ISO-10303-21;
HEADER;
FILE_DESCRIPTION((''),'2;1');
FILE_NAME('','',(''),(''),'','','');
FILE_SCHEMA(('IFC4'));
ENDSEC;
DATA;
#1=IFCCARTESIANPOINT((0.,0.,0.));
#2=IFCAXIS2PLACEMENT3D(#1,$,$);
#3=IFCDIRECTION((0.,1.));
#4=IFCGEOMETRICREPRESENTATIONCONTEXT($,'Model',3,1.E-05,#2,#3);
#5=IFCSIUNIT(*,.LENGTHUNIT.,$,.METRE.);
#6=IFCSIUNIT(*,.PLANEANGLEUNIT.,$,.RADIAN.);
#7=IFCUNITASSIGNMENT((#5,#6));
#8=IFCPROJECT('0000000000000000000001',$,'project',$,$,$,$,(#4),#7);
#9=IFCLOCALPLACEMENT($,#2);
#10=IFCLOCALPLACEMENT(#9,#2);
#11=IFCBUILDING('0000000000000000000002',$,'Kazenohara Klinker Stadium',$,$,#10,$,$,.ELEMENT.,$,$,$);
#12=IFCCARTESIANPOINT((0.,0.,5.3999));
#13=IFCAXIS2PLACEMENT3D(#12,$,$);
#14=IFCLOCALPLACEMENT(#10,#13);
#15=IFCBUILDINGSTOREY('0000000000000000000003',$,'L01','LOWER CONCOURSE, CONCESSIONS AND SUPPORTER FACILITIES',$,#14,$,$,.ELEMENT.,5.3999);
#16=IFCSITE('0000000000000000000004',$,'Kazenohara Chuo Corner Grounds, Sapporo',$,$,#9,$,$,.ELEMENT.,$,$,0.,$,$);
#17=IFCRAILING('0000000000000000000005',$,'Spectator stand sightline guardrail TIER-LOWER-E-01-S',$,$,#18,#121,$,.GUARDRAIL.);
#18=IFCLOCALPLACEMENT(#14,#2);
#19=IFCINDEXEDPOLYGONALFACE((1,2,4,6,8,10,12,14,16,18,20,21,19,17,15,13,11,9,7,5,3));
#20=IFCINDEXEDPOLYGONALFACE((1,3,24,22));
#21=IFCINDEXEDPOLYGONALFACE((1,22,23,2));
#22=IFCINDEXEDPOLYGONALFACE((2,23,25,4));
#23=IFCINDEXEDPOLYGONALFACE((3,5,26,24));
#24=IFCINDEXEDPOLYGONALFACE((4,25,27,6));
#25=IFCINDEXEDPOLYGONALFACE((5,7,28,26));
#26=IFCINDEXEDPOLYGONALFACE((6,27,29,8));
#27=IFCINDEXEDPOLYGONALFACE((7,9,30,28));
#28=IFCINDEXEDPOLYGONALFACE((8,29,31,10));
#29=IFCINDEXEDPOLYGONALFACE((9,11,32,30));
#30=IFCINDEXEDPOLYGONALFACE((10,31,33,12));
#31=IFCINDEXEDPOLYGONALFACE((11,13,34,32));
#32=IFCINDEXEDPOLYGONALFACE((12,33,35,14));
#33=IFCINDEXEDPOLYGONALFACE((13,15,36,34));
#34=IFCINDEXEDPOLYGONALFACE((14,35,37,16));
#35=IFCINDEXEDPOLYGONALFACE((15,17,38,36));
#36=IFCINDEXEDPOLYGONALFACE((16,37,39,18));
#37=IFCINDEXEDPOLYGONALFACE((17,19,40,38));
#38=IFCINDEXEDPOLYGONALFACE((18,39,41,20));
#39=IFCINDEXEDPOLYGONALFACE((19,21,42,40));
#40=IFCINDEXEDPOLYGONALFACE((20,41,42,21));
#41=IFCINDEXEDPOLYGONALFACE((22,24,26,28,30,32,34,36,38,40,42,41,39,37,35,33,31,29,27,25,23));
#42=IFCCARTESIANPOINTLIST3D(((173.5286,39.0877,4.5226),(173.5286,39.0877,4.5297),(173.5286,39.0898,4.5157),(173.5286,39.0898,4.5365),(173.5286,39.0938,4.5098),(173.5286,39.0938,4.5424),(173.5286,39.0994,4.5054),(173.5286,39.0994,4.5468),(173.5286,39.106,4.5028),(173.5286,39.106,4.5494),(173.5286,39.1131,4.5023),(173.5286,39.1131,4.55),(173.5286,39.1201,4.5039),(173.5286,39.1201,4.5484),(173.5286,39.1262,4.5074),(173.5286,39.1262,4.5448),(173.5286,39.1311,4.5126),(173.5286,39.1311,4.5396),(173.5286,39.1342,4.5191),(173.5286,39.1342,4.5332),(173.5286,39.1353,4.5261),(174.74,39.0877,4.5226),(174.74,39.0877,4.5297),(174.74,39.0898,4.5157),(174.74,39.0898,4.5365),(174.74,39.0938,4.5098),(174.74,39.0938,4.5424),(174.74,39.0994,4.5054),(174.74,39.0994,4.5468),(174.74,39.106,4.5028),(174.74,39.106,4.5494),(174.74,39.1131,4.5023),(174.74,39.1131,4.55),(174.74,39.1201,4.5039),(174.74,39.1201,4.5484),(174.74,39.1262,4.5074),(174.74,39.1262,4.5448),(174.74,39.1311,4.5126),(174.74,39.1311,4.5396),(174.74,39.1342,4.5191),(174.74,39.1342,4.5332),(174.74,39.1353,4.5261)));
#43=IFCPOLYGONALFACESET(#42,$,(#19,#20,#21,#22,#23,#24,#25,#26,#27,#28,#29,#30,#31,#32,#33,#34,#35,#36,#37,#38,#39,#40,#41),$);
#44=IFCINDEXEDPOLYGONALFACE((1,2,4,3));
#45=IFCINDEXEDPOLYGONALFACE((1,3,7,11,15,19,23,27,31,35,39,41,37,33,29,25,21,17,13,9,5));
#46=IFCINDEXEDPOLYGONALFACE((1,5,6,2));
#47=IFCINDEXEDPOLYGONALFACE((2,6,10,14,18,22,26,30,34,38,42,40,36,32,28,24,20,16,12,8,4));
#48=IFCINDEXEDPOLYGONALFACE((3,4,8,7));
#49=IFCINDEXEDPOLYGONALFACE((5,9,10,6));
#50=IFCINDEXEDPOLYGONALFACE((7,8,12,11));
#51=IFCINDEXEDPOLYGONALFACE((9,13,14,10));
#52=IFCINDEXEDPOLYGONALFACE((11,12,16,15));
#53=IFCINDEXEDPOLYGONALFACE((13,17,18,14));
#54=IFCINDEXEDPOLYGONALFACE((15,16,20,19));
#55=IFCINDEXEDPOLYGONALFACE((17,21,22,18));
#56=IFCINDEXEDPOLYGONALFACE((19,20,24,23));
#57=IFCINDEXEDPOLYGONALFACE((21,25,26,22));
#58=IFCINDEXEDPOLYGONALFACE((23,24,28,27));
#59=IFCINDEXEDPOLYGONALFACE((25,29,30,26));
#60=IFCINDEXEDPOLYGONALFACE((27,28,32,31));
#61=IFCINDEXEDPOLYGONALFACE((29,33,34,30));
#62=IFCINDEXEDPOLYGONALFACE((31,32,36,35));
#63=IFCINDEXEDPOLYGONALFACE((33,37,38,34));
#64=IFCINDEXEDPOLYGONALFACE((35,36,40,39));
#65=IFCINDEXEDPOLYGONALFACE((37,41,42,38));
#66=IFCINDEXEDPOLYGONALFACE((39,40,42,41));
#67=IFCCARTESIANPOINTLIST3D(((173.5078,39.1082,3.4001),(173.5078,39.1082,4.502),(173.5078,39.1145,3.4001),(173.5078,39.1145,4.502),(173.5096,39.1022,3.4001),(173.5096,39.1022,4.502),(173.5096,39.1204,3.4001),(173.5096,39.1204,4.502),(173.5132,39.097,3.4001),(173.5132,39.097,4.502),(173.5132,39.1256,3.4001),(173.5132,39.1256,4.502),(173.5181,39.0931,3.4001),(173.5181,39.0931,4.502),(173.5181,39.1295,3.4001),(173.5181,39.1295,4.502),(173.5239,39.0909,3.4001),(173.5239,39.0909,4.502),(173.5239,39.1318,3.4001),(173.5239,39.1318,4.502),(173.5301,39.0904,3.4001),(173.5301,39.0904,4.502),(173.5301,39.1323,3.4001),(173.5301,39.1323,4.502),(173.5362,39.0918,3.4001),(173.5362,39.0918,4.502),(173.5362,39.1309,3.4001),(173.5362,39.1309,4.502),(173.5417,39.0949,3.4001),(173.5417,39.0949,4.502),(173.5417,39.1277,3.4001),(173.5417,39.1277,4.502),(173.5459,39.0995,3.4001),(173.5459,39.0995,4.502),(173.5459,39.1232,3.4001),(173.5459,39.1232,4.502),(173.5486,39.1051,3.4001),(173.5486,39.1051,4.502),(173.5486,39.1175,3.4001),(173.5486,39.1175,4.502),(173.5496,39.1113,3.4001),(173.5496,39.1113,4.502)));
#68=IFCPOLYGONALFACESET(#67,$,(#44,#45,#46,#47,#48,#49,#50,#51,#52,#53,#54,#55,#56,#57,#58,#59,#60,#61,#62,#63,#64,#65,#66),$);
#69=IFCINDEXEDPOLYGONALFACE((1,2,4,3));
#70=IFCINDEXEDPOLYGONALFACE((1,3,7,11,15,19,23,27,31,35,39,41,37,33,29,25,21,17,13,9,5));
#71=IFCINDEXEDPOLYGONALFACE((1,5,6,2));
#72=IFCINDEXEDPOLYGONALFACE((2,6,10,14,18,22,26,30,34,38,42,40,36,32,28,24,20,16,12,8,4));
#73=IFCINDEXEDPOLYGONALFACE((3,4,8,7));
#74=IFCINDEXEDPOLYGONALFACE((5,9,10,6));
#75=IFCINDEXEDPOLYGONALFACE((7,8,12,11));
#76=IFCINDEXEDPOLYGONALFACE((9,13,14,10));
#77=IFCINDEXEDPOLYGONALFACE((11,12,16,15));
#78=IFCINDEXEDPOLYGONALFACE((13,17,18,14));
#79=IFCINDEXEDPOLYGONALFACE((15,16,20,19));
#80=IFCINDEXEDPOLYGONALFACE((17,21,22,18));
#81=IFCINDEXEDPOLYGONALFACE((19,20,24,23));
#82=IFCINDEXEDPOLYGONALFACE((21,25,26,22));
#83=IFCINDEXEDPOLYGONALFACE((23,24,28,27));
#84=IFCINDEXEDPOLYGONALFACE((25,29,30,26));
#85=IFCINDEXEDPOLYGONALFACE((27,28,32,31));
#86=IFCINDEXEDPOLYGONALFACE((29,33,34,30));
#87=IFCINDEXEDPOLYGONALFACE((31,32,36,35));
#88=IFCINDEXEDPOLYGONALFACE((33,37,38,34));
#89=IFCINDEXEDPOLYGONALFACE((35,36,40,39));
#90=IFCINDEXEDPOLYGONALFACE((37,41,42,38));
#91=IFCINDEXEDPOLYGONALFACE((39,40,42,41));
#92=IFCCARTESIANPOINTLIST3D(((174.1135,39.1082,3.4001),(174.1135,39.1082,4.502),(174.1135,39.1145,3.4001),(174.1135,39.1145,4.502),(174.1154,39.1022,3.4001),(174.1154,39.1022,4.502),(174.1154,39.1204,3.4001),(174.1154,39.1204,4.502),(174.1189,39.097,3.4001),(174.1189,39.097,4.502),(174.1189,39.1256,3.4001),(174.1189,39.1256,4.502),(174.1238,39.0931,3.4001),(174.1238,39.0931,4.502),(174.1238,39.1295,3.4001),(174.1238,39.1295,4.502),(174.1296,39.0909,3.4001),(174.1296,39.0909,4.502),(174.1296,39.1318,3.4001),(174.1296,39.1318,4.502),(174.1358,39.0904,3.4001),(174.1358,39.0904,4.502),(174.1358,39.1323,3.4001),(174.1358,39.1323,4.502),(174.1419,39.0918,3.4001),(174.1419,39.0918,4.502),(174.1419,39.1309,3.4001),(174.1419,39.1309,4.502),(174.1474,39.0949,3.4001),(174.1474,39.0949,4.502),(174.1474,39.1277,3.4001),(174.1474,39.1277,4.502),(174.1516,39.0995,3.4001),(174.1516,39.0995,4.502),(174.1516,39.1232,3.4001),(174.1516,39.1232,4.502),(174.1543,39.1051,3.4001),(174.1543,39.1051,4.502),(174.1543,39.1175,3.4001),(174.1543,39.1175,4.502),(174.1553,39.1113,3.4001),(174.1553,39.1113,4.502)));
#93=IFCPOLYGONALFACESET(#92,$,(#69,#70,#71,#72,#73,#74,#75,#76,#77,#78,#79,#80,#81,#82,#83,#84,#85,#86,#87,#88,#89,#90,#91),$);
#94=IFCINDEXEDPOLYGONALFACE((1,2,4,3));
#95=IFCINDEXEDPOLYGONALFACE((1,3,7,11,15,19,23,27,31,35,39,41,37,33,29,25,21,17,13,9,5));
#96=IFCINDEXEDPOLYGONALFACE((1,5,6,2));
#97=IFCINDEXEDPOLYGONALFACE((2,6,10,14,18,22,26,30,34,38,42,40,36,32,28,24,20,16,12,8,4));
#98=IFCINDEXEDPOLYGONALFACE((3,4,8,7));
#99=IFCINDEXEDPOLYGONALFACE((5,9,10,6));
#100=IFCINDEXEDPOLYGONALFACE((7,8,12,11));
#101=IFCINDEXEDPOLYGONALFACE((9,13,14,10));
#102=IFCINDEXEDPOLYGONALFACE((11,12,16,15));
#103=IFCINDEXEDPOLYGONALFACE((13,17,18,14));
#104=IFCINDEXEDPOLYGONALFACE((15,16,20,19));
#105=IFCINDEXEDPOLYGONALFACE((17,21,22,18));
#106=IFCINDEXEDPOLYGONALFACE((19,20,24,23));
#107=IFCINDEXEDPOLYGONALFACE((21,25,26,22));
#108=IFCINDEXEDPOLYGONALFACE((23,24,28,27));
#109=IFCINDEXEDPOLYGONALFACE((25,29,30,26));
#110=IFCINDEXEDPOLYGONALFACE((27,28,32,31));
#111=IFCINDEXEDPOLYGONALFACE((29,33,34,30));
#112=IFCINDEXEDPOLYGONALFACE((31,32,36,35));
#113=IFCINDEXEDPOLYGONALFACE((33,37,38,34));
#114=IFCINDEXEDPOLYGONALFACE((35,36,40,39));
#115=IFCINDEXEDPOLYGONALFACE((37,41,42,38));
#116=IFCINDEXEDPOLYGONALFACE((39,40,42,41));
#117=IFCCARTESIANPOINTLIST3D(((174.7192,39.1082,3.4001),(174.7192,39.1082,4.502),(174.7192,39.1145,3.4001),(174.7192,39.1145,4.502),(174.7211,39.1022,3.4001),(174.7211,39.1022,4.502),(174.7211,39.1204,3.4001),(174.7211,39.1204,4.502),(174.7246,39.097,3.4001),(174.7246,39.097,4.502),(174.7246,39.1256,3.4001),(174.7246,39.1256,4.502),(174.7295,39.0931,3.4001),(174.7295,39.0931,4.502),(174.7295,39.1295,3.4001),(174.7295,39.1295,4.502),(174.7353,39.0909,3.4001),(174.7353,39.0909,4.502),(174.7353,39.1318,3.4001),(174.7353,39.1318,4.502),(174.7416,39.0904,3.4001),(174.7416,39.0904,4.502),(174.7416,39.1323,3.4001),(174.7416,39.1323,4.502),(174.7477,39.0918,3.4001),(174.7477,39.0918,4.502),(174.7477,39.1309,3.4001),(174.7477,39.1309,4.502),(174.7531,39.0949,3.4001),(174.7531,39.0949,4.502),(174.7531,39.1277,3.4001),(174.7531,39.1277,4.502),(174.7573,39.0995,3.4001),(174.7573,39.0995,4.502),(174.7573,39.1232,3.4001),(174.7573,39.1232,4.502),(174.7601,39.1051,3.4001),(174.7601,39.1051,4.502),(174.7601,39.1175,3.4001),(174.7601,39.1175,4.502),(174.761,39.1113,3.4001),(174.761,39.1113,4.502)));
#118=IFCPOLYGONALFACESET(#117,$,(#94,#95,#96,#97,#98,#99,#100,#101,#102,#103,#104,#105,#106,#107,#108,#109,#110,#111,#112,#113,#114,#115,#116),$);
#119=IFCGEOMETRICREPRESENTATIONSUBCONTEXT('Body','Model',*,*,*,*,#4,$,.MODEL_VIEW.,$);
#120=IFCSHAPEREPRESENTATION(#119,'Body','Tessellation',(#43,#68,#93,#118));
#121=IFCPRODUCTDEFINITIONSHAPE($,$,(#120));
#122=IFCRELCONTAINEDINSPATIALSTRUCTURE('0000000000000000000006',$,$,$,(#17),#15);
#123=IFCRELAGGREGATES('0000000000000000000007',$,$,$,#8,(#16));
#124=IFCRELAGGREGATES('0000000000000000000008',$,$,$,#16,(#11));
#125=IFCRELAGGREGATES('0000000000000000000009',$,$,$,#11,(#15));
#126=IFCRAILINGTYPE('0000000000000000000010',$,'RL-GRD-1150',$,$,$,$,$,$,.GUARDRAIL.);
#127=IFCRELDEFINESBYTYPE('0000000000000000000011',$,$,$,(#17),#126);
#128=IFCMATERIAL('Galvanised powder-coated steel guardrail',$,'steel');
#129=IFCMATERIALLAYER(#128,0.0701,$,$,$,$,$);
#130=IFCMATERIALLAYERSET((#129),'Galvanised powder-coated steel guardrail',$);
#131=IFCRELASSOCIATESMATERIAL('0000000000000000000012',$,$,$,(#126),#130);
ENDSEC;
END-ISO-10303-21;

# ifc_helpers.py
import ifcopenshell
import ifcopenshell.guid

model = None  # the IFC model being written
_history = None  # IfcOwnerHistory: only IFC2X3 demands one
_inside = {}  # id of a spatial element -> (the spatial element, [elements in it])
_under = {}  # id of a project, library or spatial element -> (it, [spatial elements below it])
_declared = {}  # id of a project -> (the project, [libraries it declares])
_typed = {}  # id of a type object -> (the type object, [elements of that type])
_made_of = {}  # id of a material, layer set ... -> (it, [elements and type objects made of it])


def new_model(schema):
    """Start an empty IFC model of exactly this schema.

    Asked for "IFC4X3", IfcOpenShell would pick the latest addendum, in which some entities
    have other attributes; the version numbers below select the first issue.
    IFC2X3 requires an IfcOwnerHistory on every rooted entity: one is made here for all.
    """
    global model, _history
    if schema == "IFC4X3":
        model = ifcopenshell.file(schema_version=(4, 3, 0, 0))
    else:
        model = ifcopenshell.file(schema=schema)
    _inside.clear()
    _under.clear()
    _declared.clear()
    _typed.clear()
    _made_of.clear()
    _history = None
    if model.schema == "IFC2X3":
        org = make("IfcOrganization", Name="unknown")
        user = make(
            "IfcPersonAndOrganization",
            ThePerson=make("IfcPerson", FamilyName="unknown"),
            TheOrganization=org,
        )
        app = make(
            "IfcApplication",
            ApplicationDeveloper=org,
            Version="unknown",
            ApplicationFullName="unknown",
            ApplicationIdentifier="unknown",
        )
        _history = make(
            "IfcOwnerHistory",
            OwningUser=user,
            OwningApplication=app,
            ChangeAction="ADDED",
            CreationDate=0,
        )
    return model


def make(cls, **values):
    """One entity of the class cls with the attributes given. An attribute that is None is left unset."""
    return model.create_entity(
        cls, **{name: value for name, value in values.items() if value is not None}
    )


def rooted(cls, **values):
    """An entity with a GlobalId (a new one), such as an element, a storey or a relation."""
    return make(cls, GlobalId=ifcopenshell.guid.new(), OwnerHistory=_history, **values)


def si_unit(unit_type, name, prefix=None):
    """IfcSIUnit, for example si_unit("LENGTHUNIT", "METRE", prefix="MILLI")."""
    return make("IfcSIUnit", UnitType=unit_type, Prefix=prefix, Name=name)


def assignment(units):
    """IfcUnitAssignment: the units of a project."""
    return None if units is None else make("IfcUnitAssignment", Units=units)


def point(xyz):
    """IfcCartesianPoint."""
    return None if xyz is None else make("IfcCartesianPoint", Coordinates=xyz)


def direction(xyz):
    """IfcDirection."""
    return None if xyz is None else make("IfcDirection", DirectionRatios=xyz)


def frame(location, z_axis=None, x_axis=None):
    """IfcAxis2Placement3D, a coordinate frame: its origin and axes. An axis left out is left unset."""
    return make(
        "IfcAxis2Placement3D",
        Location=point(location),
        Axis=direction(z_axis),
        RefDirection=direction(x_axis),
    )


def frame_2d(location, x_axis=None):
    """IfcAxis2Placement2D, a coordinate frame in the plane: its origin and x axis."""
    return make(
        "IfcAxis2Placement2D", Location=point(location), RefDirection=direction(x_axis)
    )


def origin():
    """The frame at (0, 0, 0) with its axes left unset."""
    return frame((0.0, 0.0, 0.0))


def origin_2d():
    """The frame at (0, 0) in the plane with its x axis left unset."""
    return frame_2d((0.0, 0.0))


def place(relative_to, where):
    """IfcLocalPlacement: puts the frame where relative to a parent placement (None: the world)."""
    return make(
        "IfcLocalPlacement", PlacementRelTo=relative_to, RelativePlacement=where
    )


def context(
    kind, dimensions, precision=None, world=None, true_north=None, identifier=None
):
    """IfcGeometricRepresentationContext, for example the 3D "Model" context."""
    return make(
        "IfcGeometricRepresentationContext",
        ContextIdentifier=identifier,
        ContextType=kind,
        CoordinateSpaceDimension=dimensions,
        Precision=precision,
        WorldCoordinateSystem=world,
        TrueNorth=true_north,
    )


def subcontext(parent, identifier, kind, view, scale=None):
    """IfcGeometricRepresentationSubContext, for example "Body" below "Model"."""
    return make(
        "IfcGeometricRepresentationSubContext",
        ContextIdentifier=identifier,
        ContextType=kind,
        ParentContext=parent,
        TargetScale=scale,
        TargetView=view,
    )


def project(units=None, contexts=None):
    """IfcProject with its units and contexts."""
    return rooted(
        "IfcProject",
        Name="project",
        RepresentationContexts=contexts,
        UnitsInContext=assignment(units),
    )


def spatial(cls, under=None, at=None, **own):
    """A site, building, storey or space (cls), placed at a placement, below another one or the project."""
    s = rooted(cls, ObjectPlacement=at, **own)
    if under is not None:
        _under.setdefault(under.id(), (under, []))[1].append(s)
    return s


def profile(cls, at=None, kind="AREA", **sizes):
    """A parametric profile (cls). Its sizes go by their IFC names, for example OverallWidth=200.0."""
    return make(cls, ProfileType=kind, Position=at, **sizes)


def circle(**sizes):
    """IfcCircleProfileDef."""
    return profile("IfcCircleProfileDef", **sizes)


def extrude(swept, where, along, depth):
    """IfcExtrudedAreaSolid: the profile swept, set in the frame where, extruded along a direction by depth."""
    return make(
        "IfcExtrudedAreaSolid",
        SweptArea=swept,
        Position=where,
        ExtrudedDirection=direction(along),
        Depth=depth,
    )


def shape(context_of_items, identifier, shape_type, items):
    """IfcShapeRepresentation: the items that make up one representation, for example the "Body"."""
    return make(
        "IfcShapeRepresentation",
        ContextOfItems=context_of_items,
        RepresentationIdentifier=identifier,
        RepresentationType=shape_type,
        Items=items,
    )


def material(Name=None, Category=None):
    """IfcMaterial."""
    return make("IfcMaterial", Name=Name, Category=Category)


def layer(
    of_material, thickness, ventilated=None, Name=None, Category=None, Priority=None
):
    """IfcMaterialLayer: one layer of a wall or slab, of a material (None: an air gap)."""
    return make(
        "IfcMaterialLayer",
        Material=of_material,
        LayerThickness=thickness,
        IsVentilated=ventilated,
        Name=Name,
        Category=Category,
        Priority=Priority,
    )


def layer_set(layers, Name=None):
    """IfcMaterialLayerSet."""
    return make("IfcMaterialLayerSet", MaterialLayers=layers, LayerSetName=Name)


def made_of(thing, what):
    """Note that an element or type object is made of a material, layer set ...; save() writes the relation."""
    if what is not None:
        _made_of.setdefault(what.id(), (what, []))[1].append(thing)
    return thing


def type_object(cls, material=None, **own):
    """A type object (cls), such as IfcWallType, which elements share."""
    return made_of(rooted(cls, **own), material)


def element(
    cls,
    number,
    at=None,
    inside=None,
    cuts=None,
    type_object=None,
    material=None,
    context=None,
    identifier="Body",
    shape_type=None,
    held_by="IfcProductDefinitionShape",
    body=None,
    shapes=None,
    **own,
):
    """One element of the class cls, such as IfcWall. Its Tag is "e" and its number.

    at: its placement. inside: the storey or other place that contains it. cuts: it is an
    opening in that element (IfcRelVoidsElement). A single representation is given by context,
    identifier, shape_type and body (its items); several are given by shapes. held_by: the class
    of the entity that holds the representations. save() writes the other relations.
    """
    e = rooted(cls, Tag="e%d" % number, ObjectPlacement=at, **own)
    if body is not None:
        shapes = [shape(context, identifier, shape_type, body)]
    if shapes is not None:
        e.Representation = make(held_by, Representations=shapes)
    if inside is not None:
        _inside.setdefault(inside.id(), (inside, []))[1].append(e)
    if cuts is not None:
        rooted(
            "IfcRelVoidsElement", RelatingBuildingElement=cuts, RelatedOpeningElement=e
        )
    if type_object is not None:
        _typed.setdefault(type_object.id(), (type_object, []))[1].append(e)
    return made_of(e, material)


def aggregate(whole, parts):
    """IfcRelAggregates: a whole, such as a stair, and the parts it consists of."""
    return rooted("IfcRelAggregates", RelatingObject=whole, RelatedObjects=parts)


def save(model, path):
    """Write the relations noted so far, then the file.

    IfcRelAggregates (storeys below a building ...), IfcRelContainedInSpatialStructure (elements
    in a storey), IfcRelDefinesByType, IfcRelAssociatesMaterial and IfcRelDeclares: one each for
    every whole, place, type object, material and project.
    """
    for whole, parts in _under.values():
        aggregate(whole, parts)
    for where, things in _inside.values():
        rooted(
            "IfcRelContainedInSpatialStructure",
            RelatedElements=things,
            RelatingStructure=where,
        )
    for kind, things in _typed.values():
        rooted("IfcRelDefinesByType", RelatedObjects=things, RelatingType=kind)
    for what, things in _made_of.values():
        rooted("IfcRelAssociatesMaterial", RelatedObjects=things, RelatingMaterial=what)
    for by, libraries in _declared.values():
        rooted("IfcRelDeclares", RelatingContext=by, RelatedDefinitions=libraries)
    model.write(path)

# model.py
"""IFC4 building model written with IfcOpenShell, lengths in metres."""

from ifc_helpers import new_model, si_unit, direction, frame, origin, origin_2d, place, context, subcontext, project, spatial, circle, extrude, material, layer, layer_set, type_object, element, save


model = new_model("IFC4")

# Units and contexts
model_context = context("Model", 3, precision=1e-05, world=origin(), true_north=direction((0.0, 1.0)))
body_context = subcontext(model_context, "Body", "Model", "MODEL_VIEW")
ifc_project = project(units=[si_unit("LENGTHUNIT", "METRE"), si_unit("PLANEANGLEUNIT", "RADIAN")], contexts=[model_context])

# Site, building, storey
site_placement = place(None, origin())
site = spatial("IfcSite", under=ifc_project, at=site_placement, Name="Kazenohara Chuo Corner Grounds, Sapporo", CompositionType="ELEMENT", RefElevation=0.0)
building_placement = place(site_placement, origin())
building = spatial("IfcBuilding", under=site, at=building_placement, Name="Kazenohara Klinker Stadium", CompositionType="ELEMENT")
storey_placement = place(building_placement, frame((0.0, 0.0, 5.3999)))
storey = spatial("IfcBuildingStorey", under=building, at=storey_placement, Name="L01", Description="LOWER CONCOURSE, CONCESSIONS AND SUPPORTER FACILITIES", CompositionType="ELEMENT", Elevation=5.3999)

# Railing
ifc_material_1 = material(Name="Galvanised powder-coated steel guardrail", Category="steel")
ifc_layer_1 = layer(ifc_material_1, 0.0701)
ifc_layer_set_1 = layer_set([ifc_layer_1], Name="Galvanised powder-coated steel guardrail")
railing_type = type_object("IfcRailingType", Name="RL-GRD-1150", PredefinedType="GUARDRAIL", material=ifc_layer_set_1)
railing_1_placement = place(storey_placement, frame((173.5286, 39.1113, 3.4001)))
element("IfcRailing", 1, at=railing_1_placement, inside=storey, type_object=railing_type, Name="Spectator stand sightline guardrail TIER-LOWER-E-01-S", PredefinedType="GUARDRAIL", context=body_context, shape_type="SweptSolid", body=[
    extrude(circle(Radius=0.0239, at=origin_2d()), frame((0.0, 0.0, 1.126), z_axis=(1.0, 0.0, 0.0), x_axis=(0.0, 1.0, 0.0)), (0.0, 0.0, 1.0), 1.2114),
    extrude(circle(Radius=0.021, at=origin_2d()), origin(), (0.0, 0.0, 1.0), 1.1018),
    extrude(circle(Radius=0.021, at=origin_2d()), frame((0.6057, 0.0, 0.0)), (0.0, 0.0, 1.0), 1.1018),
    extrude(circle(Radius=0.021, at=origin_2d()), frame((1.2114, 0.0, 0.0)), (0.0, 0.0, 1.0), 1.1018),
])

save(model, "model.ifc")
